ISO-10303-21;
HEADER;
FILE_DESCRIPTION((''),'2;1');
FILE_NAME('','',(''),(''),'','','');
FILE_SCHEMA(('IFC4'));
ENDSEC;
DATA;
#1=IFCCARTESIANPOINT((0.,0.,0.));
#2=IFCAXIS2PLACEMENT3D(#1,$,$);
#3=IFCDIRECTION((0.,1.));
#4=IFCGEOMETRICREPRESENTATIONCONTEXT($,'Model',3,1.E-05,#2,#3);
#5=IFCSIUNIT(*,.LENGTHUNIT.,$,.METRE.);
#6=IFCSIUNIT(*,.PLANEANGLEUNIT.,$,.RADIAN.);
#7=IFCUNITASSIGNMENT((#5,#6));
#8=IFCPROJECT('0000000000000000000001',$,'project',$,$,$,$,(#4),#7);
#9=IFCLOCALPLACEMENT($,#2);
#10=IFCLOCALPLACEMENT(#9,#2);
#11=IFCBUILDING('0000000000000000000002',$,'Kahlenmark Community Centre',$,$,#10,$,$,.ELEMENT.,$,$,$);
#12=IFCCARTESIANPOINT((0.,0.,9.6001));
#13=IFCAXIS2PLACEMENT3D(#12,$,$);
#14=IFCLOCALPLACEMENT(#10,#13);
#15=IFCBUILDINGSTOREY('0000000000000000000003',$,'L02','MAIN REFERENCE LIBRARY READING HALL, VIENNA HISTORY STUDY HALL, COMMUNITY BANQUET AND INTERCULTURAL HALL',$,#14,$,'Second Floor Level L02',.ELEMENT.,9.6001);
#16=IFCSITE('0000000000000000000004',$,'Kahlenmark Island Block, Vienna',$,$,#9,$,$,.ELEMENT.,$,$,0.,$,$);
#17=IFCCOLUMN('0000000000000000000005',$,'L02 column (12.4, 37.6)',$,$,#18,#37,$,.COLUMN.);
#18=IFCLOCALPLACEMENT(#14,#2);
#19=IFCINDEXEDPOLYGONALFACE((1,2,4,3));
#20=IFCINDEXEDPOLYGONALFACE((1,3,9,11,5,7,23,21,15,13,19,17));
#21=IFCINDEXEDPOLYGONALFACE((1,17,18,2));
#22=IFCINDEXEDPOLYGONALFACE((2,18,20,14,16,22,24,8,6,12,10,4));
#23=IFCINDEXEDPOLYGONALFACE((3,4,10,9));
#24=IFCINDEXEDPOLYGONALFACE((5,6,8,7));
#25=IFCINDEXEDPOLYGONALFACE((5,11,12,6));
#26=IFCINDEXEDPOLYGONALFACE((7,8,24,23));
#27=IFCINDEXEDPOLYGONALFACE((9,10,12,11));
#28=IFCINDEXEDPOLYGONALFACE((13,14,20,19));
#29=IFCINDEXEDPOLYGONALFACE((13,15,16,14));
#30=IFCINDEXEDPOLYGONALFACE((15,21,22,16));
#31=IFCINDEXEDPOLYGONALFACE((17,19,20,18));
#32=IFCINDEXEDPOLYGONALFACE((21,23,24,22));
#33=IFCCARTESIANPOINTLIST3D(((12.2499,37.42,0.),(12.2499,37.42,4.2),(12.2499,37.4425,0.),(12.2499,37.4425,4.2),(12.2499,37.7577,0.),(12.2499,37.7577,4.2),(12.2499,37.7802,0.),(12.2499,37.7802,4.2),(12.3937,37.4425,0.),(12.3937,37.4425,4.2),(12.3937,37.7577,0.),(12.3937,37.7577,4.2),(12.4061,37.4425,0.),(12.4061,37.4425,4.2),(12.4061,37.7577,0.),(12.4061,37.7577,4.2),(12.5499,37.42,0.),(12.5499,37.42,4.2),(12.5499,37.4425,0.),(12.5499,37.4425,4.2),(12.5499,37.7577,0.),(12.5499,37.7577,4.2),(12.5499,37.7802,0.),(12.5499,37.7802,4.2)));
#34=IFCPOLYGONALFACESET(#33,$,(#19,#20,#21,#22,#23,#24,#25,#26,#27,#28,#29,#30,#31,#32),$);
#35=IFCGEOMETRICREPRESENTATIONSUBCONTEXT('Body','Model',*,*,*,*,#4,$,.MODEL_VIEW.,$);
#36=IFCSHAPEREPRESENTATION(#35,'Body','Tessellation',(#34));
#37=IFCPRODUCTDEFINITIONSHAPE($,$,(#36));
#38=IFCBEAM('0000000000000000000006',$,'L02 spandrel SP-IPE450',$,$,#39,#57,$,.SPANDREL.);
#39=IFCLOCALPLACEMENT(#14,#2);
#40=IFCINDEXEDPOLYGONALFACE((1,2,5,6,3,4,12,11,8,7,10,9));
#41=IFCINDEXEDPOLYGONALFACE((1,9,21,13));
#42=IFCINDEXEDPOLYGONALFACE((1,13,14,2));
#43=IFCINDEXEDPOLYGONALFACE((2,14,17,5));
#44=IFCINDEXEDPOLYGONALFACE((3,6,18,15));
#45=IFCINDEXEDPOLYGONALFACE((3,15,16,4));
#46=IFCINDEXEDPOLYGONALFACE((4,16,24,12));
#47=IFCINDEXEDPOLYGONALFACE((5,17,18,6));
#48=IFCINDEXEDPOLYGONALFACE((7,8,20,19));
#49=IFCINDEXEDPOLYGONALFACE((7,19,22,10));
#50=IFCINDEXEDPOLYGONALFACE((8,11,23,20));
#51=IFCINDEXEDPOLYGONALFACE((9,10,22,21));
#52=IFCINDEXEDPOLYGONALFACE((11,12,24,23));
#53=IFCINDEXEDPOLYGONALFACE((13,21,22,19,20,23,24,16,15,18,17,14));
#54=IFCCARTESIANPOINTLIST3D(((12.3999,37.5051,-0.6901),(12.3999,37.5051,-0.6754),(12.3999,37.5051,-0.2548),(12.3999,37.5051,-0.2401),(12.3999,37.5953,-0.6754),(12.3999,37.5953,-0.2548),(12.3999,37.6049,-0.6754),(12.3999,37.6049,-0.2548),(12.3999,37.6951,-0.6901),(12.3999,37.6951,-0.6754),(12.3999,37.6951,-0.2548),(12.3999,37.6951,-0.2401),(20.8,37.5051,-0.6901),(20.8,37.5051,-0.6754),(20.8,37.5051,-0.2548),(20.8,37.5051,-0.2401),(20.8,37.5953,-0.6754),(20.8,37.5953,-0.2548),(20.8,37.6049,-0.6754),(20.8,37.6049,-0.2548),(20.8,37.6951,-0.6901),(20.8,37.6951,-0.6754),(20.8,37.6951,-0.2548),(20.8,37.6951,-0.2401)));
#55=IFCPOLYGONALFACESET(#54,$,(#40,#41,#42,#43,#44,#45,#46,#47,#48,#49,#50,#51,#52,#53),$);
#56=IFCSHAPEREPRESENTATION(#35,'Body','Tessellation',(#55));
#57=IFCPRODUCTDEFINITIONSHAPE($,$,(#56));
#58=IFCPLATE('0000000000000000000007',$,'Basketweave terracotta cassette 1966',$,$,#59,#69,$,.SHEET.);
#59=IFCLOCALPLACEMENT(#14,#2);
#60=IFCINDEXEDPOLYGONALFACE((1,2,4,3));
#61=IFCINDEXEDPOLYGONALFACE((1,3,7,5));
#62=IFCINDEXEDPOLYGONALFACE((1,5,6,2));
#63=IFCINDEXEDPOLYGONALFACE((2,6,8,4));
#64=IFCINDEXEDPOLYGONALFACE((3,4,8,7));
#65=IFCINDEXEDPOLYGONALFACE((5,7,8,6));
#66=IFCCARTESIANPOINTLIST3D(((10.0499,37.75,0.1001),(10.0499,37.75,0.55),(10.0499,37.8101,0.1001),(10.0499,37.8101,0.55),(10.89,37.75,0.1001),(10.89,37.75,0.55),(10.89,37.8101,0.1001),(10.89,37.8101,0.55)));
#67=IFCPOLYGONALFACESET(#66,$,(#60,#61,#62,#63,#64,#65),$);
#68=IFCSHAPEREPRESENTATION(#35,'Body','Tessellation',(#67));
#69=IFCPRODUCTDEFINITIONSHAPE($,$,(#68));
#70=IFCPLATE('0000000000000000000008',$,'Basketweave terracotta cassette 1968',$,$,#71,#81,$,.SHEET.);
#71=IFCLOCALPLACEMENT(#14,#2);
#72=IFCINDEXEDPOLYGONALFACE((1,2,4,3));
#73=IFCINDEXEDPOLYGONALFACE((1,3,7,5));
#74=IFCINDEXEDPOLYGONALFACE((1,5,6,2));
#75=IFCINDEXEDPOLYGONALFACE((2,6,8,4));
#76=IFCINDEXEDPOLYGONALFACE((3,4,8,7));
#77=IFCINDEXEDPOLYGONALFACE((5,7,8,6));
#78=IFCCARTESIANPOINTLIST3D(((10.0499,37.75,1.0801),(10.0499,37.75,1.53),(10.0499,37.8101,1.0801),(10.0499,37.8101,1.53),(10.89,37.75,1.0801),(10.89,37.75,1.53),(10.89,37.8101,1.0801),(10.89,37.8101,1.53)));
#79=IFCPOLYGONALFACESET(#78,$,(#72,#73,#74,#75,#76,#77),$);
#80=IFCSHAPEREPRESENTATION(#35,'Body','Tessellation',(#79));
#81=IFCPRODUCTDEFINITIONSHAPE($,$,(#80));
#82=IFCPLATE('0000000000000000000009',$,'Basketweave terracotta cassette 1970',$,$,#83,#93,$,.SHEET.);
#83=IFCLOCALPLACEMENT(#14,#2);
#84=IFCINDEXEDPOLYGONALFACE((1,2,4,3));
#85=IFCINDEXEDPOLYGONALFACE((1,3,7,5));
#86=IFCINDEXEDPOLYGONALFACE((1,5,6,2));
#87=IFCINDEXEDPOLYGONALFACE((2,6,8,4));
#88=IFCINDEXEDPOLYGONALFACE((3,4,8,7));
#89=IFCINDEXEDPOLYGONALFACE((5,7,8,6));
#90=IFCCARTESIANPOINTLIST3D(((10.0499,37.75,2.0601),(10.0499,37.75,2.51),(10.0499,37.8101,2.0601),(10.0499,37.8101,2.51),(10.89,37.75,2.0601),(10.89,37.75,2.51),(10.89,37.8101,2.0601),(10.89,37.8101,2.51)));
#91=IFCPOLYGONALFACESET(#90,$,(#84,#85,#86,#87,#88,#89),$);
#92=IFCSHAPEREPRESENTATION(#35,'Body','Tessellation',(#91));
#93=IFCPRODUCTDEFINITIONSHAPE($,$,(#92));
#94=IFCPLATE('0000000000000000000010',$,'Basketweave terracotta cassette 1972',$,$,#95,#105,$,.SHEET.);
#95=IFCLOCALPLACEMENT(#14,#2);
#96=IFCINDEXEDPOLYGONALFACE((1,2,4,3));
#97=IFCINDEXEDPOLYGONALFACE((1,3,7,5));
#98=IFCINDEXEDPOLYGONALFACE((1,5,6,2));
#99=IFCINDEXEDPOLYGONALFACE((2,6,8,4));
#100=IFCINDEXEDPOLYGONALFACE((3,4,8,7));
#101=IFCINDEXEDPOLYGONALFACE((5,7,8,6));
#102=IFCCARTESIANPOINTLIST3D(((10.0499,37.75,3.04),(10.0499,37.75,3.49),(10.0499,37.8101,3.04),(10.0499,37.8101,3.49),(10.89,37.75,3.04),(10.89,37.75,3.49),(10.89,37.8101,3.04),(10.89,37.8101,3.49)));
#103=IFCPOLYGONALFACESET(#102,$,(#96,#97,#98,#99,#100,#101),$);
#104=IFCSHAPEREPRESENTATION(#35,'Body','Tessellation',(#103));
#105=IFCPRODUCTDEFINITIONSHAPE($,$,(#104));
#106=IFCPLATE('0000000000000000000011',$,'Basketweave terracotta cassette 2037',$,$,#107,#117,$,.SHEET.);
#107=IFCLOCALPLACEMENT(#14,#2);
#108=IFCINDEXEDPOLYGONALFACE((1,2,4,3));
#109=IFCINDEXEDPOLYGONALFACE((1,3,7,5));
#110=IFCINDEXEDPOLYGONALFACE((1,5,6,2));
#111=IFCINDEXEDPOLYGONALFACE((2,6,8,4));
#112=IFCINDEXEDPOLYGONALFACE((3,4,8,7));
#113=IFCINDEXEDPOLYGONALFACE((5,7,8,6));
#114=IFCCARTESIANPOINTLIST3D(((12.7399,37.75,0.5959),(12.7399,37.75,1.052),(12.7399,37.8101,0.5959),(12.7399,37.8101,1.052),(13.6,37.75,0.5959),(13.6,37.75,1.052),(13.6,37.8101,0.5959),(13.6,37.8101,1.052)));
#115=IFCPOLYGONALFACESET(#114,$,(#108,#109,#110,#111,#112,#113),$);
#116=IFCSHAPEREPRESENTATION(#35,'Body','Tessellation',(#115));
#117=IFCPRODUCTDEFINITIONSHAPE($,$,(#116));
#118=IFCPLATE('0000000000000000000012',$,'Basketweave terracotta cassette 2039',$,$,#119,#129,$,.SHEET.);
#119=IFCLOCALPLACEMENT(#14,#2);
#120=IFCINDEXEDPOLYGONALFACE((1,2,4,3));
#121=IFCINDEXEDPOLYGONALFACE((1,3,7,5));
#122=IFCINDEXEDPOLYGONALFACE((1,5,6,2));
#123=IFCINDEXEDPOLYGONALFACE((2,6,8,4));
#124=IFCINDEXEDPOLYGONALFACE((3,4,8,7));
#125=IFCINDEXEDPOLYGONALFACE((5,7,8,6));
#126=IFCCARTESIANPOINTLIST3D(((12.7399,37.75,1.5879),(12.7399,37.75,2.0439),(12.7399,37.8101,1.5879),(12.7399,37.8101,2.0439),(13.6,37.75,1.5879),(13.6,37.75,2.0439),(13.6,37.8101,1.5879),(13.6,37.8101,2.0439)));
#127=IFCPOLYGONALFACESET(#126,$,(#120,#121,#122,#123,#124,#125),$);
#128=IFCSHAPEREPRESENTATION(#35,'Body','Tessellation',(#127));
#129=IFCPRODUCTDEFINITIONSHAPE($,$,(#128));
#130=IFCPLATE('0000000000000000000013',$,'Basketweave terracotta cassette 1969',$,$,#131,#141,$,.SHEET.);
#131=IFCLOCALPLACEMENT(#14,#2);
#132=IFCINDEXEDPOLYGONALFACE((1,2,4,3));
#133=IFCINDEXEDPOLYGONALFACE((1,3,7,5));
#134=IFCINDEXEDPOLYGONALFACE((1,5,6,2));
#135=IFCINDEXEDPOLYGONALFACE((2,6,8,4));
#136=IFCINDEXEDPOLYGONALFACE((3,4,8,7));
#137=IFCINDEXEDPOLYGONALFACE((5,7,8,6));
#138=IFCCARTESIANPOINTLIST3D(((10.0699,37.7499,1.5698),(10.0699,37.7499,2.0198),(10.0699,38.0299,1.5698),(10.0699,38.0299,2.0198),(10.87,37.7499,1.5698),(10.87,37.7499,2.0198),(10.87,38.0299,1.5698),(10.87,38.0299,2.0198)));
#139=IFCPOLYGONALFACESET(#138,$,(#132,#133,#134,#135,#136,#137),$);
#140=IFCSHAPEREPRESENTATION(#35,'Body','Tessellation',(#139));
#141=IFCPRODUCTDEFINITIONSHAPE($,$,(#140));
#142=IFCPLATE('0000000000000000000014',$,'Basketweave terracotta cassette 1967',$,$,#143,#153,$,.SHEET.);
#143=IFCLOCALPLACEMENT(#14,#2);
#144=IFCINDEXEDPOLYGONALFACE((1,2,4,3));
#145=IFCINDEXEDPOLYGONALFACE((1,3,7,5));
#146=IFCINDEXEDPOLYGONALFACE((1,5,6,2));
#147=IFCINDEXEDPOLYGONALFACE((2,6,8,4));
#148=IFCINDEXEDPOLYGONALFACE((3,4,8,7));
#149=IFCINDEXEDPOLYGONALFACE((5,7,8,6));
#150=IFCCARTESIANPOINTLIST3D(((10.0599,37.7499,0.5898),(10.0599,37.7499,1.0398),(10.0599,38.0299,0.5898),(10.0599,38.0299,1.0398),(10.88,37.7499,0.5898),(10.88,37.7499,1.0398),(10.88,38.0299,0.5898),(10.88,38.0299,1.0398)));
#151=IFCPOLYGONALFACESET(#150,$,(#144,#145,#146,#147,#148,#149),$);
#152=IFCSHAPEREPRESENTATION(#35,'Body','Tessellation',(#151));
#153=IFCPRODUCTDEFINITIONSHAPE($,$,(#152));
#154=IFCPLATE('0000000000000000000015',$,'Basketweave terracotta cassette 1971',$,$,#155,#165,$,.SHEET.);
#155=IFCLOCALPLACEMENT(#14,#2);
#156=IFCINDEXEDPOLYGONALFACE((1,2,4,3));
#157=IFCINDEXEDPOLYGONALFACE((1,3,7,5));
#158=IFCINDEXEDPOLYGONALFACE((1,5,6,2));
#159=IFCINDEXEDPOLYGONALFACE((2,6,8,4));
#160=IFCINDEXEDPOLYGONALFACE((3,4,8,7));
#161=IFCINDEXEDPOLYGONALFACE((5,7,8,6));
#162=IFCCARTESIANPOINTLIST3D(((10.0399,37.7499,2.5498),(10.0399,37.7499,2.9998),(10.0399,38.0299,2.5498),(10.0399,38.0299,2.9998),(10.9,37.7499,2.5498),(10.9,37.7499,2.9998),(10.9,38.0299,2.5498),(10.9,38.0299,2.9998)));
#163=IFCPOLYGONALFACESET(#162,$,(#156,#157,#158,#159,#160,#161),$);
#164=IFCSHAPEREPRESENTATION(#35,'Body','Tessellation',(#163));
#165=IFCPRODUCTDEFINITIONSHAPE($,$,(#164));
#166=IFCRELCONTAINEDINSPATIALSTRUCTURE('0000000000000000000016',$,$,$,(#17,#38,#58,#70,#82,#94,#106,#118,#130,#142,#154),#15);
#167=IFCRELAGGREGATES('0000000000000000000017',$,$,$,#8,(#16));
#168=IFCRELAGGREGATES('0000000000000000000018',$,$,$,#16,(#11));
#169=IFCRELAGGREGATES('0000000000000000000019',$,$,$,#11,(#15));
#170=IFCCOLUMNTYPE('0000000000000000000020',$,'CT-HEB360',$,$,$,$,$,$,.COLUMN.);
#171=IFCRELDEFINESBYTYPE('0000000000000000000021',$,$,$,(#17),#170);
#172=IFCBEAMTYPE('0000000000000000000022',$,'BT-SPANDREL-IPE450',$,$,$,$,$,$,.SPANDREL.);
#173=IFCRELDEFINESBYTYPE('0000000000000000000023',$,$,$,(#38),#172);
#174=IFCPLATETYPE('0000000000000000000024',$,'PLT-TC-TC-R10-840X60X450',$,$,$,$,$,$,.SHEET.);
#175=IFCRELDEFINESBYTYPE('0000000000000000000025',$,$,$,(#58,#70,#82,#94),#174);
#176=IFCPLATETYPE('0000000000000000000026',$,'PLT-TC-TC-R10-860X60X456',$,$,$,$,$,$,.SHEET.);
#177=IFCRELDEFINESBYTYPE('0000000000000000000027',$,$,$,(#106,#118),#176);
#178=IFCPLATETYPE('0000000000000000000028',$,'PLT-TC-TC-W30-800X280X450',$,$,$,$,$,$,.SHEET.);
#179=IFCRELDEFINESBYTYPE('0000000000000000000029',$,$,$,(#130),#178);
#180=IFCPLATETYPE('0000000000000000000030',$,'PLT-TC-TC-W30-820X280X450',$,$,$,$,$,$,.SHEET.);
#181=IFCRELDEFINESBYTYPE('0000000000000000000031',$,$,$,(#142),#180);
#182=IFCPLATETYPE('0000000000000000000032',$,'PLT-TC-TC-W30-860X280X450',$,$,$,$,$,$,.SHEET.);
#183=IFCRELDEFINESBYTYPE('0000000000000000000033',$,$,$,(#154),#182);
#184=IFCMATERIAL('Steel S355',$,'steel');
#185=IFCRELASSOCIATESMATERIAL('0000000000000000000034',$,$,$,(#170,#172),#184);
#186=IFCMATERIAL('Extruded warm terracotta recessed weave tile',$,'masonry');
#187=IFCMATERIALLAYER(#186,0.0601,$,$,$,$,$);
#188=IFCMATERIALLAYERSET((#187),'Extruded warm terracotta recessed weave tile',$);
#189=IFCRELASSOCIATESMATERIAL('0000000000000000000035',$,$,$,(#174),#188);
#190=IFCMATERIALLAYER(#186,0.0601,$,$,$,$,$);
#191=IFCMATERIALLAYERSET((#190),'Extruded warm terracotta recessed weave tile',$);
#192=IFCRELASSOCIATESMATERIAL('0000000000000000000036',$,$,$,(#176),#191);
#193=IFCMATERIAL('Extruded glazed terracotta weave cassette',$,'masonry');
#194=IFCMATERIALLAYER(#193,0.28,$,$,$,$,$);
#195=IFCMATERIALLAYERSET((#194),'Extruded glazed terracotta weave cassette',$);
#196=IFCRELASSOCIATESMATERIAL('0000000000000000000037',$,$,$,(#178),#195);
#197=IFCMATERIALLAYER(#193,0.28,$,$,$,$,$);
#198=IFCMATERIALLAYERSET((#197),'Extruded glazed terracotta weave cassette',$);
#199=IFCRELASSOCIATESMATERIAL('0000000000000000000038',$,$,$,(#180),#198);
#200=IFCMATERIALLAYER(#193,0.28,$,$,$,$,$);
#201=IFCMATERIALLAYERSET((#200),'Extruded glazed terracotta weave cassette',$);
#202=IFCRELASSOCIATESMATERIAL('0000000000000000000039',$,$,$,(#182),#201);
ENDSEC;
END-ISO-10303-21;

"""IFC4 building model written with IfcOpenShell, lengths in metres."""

from ifc_helpers import new_model, si_unit, direction, frame, origin, origin_2d, place, context, subcontext, project, spatial, rectangle, i_section, extrude, material, layer, layer_set, material_profile, profile_set, type_object, element, save


model = new_model("IFC4")

# Units and contexts
model_context = context("Model", 3, precision=1e-05, world=origin(), true_north=direction((0.0, 1.0)))
body_context = subcontext(model_context, "Body", "Model", "MODEL_VIEW")
ifc_project = project(units=[si_unit("LENGTHUNIT", "METRE"), si_unit("PLANEANGLEUNIT", "RADIAN")], contexts=[model_context])

# Site, building, storey
site_placement = place(None, origin())
site = spatial("IfcSite", under=ifc_project, at=site_placement, Name="Kahlenmark Island Block, Vienna", CompositionType="ELEMENT", RefElevation=0.0)
building_placement = place(site_placement, origin())
building = spatial("IfcBuilding", under=site, at=building_placement, Name="Kahlenmark Community Centre", CompositionType="ELEMENT")
storey_placement = place(building_placement, frame((0.0, 0.0, 9.6001)))
storey = spatial("IfcBuildingStorey", under=building, at=storey_placement, Name="L02", Description="MAIN REFERENCE LIBRARY READING HALL, VIENNA HISTORY STUDY HALL, COMMUNITY BANQUET AND INTERCULTURAL HALL", LongName="Second Floor Level L02", CompositionType="ELEMENT", Elevation=9.6001)

# Column
ifc_material_1 = material(Name="Steel S355", Category="steel")
ifc_material_profile_1 = material_profile(ifc_material_1, i_section(OverallWidth=0.3, OverallDepth=0.3601, WebThickness=0.0125, FlangeThickness=0.0225, at=origin_2d()), Name="HEB 360")
ifc_profile_set_1 = profile_set([ifc_material_profile_1], Name="Steel S355")
column_type = type_object("IfcColumnType", Name="CT-HEB360", PredefinedType="COLUMN", material=ifc_profile_set_1)
column_placement = place(storey_placement, frame((12.3999, 37.6001, 0.0), z_axis=(0.0, 0.0, 1.0), x_axis=(1.0, 0.0, 0.0)))
element("IfcColumn", 1, at=column_placement, inside=storey, type_object=column_type, Name="L02 column (12.4, 37.6)", PredefinedType="COLUMN", context=body_context, shape_type="SweptSolid", body=[
    extrude(i_section(OverallWidth=0.3, OverallDepth=0.3601, WebThickness=0.0125, FlangeThickness=0.0225, at=origin_2d()), origin(), (0.0, 0.0, 1.0), 4.2),
])

# Beam
ifc_material_profile_2 = material_profile(ifc_material_1, i_section(OverallWidth=0.1899, OverallDepth=0.45, WebThickness=0.0095, FlangeThickness=0.0146, at=origin_2d()), Name="IPE 450")
ifc_profile_set_2 = profile_set([ifc_material_profile_2], Name="Steel S355")
beam_type = type_object("IfcBeamType", Name="BT-SPANDREL-IPE450", PredefinedType="SPANDREL", material=ifc_profile_set_2)
beam_placement = place(storey_placement, frame((12.3999, 37.6001, -0.4651), z_axis=(1.0, 0.0, 0.0), x_axis=(0.0, 1.0, 0.0)))
element("IfcBeam", 2, at=beam_placement, inside=storey, type_object=beam_type, Name="L02 spandrel SP-IPE450", PredefinedType="SPANDREL", context=body_context, shape_type="SweptSolid", body=[
    extrude(i_section(OverallWidth=0.1899, OverallDepth=0.45, WebThickness=0.0095, FlangeThickness=0.0146, at=origin_2d()), origin(), (0.0, 0.0, 1.0), 8.4001),
])

# Plates
ifc_material_2 = material(Name="Extruded warm terracotta recessed weave tile", Category="masonry")
ifc_layer_1 = layer(ifc_material_2, 0.0601)
ifc_layer_set_1 = layer_set([ifc_layer_1], Name="Extruded warm terracotta recessed weave tile")
plate_type_1 = type_object("IfcPlateType", Name="PLT-TC-TC-R10-840X60X450", PredefinedType="SHEET", material=ifc_layer_set_1)
for number, where, z_axis, x_axis, name in (
    (3, (10.47, 37.78, 0.1001), (0.0, 0.0, 1.0), (-1.0, 0.0, 0.0), "Basketweave terracotta cassette 1966"),
    (4, (10.47, 37.78, 1.0801), (0.0, 0.0, 1.0), (-1.0, 0.0, 0.0), "Basketweave terracotta cassette 1968"),
    (5, (10.47, 37.78, 2.0601), (0.0, 0.0, 1.0), (-1.0, 0.0, 0.0), "Basketweave terracotta cassette 1970"),
    (6, (10.47, 37.78, 3.04), (0.0, 0.0, 1.0), (-1.0, 0.0, 0.0), "Basketweave terracotta cassette 1972"),
):
    element("IfcPlate", number, at=place(storey_placement, frame(where, z_axis=z_axis, x_axis=x_axis)), inside=storey, type_object=plate_type_1, Name=name, PredefinedType="SHEET", context=body_context, shape_type="SweptSolid", body=[
        extrude(rectangle(XDim=0.8401, YDim=0.0601, at=origin_2d()), origin(), (0.0, 0.0, 1.0), 0.45),
    ])
ifc_layer_2 = layer(ifc_material_2, 0.0601)
ifc_layer_set_2 = layer_set([ifc_layer_2], Name="Extruded warm terracotta recessed weave tile")
plate_type_2 = type_object("IfcPlateType", Name="PLT-TC-TC-R10-860X60X456", PredefinedType="SHEET", material=ifc_layer_set_2)
for number, where, z_axis, x_axis, name in (
    (7, (13.1699, 37.78, 0.5959), (0.0, 0.0, 1.0), (-1.0, 0.0, 0.0), "Basketweave terracotta cassette 2037"),
    (8, (13.1699, 37.78, 1.5879), (0.0, 0.0, 1.0), (-1.0, 0.0, 0.0), "Basketweave terracotta cassette 2039"),
):
    element("IfcPlate", number, at=place(storey_placement, frame(where, z_axis=z_axis, x_axis=x_axis)), inside=storey, type_object=plate_type_2, Name=name, PredefinedType="SHEET", context=body_context, shape_type="SweptSolid", body=[
        extrude(rectangle(XDim=0.8601, YDim=0.0601, at=origin_2d()), origin(), (0.0, 0.0, 1.0), 0.4561),
    ])
ifc_material_3 = material(Name="Extruded glazed terracotta weave cassette", Category="masonry")
ifc_layer_3 = layer(ifc_material_3, 0.28)
ifc_layer_set_3 = layer_set([ifc_layer_3], Name="Extruded glazed terracotta weave cassette")
plate_type_3 = type_object("IfcPlateType", Name="PLT-TC-TC-W30-800X280X450", PredefinedType="SHEET", material=ifc_layer_set_3)
plate_1_placement = place(storey_placement, frame((10.47, 37.8899, 1.5698), z_axis=(0.0, 0.0, 1.0), x_axis=(-1.0, 0.0, 0.0)))
element("IfcPlate", 9, at=plate_1_placement, inside=storey, type_object=plate_type_3, Name="Basketweave terracotta cassette 1969", PredefinedType="SHEET", context=body_context, shape_type="SweptSolid", body=[
    extrude(rectangle(XDim=0.8, YDim=0.28, at=origin_2d()), origin(), (0.0, 0.0, 1.0), 0.45),
])
ifc_layer_4 = layer(ifc_material_3, 0.28)
ifc_layer_set_4 = layer_set([ifc_layer_4], Name="Extruded glazed terracotta weave cassette")
plate_type_4 = type_object("IfcPlateType", Name="PLT-TC-TC-W30-820X280X450", PredefinedType="SHEET", material=ifc_layer_set_4)
plate_2_placement = place(storey_placement, frame((10.47, 37.8899, 0.5898), z_axis=(0.0, 0.0, 1.0), x_axis=(-1.0, 0.0, 0.0)))
element("IfcPlate", 10, at=plate_2_placement, inside=storey, type_object=plate_type_4, Name="Basketweave terracotta cassette 1967", PredefinedType="SHEET", context=body_context, shape_type="SweptSolid", body=[
    extrude(rectangle(XDim=0.8201, YDim=0.28, at=origin_2d()), origin(), (0.0, 0.0, 1.0), 0.45),
])
ifc_layer_5 = layer(ifc_material_3, 0.28)
ifc_layer_set_5 = layer_set([ifc_layer_5], Name="Extruded glazed terracotta weave cassette")
plate_type_5 = type_object("IfcPlateType", Name="PLT-TC-TC-W30-860X280X450", PredefinedType="SHEET", material=ifc_layer_set_5)
plate_3_placement = place(storey_placement, frame((10.47, 37.8899, 2.5498), z_axis=(0.0, 0.0, 1.0), x_axis=(-1.0, 0.0, 0.0)))
element("IfcPlate", 11, at=plate_3_placement, inside=storey, type_object=plate_type_5, Name="Basketweave terracotta cassette 1971", PredefinedType="SHEET", context=body_context, shape_type="SweptSolid", body=[
    extrude(rectangle(XDim=0.8601, YDim=0.28, at=origin_2d()), origin(), (0.0, 0.0, 1.0), 0.45),
])

save(model, "model.ifc")
